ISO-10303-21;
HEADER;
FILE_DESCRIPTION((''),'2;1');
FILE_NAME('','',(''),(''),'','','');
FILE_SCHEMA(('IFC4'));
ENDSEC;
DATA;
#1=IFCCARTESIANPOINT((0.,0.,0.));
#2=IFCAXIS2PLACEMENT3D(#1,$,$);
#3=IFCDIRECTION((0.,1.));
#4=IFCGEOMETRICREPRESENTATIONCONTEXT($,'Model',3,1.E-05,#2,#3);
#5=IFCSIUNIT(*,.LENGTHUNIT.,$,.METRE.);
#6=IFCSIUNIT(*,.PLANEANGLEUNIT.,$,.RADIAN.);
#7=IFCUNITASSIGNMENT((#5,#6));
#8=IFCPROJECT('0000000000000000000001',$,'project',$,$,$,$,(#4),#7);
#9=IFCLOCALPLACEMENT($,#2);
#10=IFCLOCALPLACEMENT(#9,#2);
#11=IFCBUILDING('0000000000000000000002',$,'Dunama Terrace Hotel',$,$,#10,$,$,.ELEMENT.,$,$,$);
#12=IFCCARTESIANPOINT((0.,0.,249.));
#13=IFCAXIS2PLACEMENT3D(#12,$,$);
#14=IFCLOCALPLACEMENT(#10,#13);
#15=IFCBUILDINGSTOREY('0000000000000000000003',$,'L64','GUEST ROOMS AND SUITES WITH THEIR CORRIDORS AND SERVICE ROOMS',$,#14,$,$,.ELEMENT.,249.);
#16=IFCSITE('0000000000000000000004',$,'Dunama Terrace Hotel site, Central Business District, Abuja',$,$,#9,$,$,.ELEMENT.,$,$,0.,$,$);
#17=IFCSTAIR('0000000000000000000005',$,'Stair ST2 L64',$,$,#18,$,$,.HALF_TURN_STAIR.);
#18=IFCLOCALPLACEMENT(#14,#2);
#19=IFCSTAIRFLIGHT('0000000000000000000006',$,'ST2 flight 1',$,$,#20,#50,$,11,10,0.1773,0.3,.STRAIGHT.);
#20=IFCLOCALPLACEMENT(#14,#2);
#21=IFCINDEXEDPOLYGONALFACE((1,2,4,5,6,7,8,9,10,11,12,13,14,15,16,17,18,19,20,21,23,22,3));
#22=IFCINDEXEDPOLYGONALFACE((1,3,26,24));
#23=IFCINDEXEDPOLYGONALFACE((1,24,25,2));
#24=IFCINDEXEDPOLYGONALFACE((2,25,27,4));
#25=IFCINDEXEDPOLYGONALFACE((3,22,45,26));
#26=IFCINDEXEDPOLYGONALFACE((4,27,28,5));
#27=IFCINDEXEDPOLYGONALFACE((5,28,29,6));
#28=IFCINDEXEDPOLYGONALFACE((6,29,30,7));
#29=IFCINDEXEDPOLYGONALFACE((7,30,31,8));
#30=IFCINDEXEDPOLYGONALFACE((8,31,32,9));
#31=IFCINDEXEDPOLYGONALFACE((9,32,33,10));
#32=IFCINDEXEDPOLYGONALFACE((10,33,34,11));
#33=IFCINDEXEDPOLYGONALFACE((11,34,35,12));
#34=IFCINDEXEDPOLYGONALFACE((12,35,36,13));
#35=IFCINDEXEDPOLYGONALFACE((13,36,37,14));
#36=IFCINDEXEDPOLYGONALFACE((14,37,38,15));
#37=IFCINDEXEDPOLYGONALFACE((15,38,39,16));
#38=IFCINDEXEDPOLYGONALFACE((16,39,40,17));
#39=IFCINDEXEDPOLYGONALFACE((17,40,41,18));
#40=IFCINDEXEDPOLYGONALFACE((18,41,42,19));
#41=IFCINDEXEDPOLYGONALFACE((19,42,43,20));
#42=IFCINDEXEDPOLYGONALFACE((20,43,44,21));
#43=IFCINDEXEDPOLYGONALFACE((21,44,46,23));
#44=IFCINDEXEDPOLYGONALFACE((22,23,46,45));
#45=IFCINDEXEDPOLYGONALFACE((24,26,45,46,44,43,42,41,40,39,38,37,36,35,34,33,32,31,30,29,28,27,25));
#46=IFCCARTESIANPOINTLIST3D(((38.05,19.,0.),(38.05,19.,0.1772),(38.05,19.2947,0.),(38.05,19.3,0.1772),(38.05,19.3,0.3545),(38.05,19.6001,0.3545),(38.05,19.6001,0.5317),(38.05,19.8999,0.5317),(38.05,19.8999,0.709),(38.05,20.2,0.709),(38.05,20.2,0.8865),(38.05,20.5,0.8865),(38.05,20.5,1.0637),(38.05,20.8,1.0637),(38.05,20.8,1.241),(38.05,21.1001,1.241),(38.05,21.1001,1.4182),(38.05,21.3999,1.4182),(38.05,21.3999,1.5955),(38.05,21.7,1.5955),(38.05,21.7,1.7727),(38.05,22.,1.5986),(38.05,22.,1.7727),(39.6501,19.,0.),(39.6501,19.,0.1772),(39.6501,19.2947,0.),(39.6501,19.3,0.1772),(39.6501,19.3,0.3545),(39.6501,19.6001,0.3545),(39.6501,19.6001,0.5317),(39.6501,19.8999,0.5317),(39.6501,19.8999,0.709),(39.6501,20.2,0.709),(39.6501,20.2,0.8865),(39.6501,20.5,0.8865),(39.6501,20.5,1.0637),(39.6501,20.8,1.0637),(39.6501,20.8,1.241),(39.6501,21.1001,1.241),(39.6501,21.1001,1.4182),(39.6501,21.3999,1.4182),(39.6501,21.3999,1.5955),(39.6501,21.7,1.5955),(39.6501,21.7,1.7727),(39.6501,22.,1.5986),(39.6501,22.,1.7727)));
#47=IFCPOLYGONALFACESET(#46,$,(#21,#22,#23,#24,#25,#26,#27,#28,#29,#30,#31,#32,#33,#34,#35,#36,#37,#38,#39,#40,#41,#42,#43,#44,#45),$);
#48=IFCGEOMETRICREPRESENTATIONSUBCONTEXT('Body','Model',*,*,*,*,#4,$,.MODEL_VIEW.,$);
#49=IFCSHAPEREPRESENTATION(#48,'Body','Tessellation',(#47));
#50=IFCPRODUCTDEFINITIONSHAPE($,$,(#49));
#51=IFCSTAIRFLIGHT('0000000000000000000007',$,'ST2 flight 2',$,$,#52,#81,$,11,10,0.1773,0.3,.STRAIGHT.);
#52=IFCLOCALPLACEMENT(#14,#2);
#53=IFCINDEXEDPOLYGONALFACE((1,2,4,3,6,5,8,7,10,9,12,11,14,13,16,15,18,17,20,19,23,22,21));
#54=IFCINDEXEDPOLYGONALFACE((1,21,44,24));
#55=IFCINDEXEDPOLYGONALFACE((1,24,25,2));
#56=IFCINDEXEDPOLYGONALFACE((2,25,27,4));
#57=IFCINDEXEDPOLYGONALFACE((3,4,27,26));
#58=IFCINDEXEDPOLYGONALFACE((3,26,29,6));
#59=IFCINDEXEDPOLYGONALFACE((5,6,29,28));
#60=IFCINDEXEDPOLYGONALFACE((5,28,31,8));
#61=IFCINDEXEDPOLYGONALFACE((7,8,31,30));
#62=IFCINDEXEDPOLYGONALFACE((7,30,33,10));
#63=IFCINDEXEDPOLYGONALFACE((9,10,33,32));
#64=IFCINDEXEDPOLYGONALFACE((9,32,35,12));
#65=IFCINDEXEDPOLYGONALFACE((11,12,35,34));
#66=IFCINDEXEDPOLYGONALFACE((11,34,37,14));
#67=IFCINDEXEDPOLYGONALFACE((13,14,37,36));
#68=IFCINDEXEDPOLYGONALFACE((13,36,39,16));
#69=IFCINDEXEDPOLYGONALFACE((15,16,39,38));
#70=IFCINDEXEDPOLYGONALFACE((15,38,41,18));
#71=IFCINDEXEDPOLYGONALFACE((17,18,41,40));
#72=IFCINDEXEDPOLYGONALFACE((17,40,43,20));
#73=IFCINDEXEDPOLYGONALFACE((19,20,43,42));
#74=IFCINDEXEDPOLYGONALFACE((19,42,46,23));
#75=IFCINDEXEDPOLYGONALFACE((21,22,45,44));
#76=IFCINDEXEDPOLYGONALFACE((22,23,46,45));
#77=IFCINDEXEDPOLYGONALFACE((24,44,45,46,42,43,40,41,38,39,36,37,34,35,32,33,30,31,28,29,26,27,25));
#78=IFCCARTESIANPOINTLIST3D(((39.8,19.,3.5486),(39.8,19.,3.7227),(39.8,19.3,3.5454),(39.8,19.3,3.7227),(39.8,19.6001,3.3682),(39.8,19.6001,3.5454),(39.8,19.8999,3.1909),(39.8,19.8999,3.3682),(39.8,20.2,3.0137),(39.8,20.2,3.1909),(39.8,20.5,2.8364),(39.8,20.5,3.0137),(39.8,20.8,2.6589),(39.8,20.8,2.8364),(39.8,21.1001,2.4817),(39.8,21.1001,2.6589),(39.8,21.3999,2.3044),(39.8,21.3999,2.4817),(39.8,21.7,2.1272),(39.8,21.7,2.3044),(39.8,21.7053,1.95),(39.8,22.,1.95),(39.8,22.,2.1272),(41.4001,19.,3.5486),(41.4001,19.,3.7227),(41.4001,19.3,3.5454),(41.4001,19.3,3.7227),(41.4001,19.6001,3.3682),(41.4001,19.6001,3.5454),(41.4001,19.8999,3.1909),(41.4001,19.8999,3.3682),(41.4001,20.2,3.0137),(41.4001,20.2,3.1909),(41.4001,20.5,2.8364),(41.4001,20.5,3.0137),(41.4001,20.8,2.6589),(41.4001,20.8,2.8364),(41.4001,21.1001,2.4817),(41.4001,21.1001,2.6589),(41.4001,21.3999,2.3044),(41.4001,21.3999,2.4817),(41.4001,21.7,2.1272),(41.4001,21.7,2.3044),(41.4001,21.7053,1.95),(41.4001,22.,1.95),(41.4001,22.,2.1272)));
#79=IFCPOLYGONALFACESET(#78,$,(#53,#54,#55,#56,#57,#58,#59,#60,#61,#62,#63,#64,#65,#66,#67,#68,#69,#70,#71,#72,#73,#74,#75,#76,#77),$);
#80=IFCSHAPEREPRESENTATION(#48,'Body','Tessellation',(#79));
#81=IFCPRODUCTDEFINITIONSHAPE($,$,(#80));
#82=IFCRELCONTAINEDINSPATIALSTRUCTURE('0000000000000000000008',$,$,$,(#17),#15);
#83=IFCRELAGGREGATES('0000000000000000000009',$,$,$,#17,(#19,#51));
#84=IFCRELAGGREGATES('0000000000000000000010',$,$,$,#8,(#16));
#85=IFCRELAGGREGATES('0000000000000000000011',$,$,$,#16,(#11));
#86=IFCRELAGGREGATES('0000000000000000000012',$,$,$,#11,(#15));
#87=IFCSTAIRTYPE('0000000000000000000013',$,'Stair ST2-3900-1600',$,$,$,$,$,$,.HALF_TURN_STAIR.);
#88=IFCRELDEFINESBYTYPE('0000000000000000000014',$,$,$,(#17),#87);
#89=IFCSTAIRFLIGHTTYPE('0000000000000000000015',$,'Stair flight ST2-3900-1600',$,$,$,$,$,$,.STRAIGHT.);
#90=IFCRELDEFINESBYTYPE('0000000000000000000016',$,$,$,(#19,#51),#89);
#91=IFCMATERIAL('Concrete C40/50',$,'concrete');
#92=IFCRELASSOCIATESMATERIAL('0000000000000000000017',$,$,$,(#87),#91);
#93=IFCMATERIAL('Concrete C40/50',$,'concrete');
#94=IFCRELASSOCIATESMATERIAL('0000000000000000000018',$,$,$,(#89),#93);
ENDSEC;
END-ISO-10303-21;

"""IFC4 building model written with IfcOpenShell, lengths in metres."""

from ifc_helpers import new_model, si_unit, direction, frame, origin, place, context, subcontext, project, spatial, polyline, outline, extrude, material, type_object, element, aggregate, save


model = new_model("IFC4")

# Units and contexts
model_context = context("Model", 3, precision=1e-05, world=origin(), true_north=direction((0.0, 1.0)))
body_context = subcontext(model_context, "Body", "Model", "MODEL_VIEW")
ifc_project = project(units=[si_unit("LENGTHUNIT", "METRE"), si_unit("PLANEANGLEUNIT", "RADIAN")], contexts=[model_context])

# Site, building, storey
site_placement = place(None, origin())
site = spatial("IfcSite", under=ifc_project, at=site_placement, Name="Dunama Terrace Hotel site, Central Business District, Abuja", CompositionType="ELEMENT", RefElevation=0.0)
building_placement = place(site_placement, origin())
building = spatial("IfcBuilding", under=site, at=building_placement, Name="Dunama Terrace Hotel", CompositionType="ELEMENT")
storey_placement = place(building_placement, frame((0.0, 0.0, 249.0)))
storey = spatial("IfcBuildingStorey", under=building, at=storey_placement, Name="L64", Description="GUEST ROOMS AND SUITES WITH THEIR CORRIDORS AND SERVICE ROOMS", CompositionType="ELEMENT", Elevation=249.0)

# Stair, stair flights
ifc_material_1 = material(Name="Concrete C40/50", Category="concrete")
stair_type = type_object("IfcStairType", Name="Stair ST2-3900-1600", PredefinedType="HALF_TURN_STAIR", material=ifc_material_1)
stair_placement = place(storey_placement, origin())
stair = element("IfcStair", 1, at=stair_placement, inside=storey, type_object=stair_type, Name="Stair ST2 L64", PredefinedType="HALF_TURN_STAIR")
ifc_material_2 = material(Name="Concrete C40/50", Category="concrete")
stair_flight_type = type_object("IfcStairFlightType", Name="Stair flight ST2-3900-1600", PredefinedType="STRAIGHT", material=ifc_material_2)
stair_flight_1_placement = place(storey_placement, frame((38.8501, 19.0, 0.0), z_axis=(0.0, 0.0, 1.0), x_axis=(0.0, 1.0, 0.0)))
stair_flight_1 = element("IfcStairFlight", 2, at=stair_flight_1_placement, type_object=stair_flight_type, Name="ST2 flight 1", NumberOfRisers=11, NumberOfTreads=10, PredefinedType="STRAIGHT", RiserHeight=0.1773, TreadLength=0.3, context=body_context, shape_type="SweptSolid", body=[
    extrude(outline(polyline([(0.0, 0.0), (0.0, 0.1772), (0.3, 0.1772), (0.3, 0.3545), (0.6001, 0.3545), (0.6001, 0.5317), (0.8999, 0.5317), (0.8999, 0.709), (1.2, 0.709), (1.2, 0.8865), (1.5, 0.8865), (1.5, 1.0637), (1.8, 1.0637), (1.8, 1.241), (2.1001, 1.241), (2.1001, 1.4182), (2.3999, 1.4182), (2.3999, 1.5955), (2.7, 1.5955), (2.7, 1.7727), (3.0, 1.7727), (3.0, 1.95), (3.0, 1.5986), (0.2947, 0.0), (0.0, 0.0)])), frame((0.0, 0.8, 0.0), z_axis=(0.0, -1.0, 0.0), x_axis=(1.0, 0.0, 0.0)), (0.0, 0.0, 1.0), 1.6001),
])
stair_flight_2_placement = place(storey_placement, frame((40.6001, 22.0, 1.95), z_axis=(0.0, 0.0, 1.0), x_axis=(0.0, -1.0, 0.0)))
stair_flight_2 = element("IfcStairFlight", 3, at=stair_flight_2_placement, type_object=stair_flight_type, Name="ST2 flight 2", NumberOfRisers=11, NumberOfTreads=10, PredefinedType="STRAIGHT", RiserHeight=0.1773, TreadLength=0.3, context=body_context, shape_type="SweptSolid", body=[
    extrude(outline(polyline([(0.0, 0.0), (0.0, 0.1772), (0.3, 0.1772), (0.3, 0.3545), (0.6001, 0.3545), (0.6001, 0.5317), (0.8999, 0.5317), (0.8999, 0.709), (1.2, 0.709), (1.2, 0.8865), (1.5, 0.8865), (1.5, 1.0637), (1.8, 1.0637), (1.8, 1.241), (2.1001, 1.241), (2.1001, 1.4182), (2.3999, 1.4182), (2.3999, 1.5955), (2.7, 1.5955), (2.7, 1.7727), (3.0, 1.7727), (3.0, 1.95), (3.0, 1.5986), (0.2947, 0.0), (0.0, 0.0)])), frame((0.0, 0.8, 0.0), z_axis=(0.0, -1.0, 0.0), x_axis=(1.0, 0.0, 0.0)), (0.0, 0.0, 1.0), 1.6001),
])
aggregate(stair, [stair_flight_1, stair_flight_2])

save(model, "model.ifc")
